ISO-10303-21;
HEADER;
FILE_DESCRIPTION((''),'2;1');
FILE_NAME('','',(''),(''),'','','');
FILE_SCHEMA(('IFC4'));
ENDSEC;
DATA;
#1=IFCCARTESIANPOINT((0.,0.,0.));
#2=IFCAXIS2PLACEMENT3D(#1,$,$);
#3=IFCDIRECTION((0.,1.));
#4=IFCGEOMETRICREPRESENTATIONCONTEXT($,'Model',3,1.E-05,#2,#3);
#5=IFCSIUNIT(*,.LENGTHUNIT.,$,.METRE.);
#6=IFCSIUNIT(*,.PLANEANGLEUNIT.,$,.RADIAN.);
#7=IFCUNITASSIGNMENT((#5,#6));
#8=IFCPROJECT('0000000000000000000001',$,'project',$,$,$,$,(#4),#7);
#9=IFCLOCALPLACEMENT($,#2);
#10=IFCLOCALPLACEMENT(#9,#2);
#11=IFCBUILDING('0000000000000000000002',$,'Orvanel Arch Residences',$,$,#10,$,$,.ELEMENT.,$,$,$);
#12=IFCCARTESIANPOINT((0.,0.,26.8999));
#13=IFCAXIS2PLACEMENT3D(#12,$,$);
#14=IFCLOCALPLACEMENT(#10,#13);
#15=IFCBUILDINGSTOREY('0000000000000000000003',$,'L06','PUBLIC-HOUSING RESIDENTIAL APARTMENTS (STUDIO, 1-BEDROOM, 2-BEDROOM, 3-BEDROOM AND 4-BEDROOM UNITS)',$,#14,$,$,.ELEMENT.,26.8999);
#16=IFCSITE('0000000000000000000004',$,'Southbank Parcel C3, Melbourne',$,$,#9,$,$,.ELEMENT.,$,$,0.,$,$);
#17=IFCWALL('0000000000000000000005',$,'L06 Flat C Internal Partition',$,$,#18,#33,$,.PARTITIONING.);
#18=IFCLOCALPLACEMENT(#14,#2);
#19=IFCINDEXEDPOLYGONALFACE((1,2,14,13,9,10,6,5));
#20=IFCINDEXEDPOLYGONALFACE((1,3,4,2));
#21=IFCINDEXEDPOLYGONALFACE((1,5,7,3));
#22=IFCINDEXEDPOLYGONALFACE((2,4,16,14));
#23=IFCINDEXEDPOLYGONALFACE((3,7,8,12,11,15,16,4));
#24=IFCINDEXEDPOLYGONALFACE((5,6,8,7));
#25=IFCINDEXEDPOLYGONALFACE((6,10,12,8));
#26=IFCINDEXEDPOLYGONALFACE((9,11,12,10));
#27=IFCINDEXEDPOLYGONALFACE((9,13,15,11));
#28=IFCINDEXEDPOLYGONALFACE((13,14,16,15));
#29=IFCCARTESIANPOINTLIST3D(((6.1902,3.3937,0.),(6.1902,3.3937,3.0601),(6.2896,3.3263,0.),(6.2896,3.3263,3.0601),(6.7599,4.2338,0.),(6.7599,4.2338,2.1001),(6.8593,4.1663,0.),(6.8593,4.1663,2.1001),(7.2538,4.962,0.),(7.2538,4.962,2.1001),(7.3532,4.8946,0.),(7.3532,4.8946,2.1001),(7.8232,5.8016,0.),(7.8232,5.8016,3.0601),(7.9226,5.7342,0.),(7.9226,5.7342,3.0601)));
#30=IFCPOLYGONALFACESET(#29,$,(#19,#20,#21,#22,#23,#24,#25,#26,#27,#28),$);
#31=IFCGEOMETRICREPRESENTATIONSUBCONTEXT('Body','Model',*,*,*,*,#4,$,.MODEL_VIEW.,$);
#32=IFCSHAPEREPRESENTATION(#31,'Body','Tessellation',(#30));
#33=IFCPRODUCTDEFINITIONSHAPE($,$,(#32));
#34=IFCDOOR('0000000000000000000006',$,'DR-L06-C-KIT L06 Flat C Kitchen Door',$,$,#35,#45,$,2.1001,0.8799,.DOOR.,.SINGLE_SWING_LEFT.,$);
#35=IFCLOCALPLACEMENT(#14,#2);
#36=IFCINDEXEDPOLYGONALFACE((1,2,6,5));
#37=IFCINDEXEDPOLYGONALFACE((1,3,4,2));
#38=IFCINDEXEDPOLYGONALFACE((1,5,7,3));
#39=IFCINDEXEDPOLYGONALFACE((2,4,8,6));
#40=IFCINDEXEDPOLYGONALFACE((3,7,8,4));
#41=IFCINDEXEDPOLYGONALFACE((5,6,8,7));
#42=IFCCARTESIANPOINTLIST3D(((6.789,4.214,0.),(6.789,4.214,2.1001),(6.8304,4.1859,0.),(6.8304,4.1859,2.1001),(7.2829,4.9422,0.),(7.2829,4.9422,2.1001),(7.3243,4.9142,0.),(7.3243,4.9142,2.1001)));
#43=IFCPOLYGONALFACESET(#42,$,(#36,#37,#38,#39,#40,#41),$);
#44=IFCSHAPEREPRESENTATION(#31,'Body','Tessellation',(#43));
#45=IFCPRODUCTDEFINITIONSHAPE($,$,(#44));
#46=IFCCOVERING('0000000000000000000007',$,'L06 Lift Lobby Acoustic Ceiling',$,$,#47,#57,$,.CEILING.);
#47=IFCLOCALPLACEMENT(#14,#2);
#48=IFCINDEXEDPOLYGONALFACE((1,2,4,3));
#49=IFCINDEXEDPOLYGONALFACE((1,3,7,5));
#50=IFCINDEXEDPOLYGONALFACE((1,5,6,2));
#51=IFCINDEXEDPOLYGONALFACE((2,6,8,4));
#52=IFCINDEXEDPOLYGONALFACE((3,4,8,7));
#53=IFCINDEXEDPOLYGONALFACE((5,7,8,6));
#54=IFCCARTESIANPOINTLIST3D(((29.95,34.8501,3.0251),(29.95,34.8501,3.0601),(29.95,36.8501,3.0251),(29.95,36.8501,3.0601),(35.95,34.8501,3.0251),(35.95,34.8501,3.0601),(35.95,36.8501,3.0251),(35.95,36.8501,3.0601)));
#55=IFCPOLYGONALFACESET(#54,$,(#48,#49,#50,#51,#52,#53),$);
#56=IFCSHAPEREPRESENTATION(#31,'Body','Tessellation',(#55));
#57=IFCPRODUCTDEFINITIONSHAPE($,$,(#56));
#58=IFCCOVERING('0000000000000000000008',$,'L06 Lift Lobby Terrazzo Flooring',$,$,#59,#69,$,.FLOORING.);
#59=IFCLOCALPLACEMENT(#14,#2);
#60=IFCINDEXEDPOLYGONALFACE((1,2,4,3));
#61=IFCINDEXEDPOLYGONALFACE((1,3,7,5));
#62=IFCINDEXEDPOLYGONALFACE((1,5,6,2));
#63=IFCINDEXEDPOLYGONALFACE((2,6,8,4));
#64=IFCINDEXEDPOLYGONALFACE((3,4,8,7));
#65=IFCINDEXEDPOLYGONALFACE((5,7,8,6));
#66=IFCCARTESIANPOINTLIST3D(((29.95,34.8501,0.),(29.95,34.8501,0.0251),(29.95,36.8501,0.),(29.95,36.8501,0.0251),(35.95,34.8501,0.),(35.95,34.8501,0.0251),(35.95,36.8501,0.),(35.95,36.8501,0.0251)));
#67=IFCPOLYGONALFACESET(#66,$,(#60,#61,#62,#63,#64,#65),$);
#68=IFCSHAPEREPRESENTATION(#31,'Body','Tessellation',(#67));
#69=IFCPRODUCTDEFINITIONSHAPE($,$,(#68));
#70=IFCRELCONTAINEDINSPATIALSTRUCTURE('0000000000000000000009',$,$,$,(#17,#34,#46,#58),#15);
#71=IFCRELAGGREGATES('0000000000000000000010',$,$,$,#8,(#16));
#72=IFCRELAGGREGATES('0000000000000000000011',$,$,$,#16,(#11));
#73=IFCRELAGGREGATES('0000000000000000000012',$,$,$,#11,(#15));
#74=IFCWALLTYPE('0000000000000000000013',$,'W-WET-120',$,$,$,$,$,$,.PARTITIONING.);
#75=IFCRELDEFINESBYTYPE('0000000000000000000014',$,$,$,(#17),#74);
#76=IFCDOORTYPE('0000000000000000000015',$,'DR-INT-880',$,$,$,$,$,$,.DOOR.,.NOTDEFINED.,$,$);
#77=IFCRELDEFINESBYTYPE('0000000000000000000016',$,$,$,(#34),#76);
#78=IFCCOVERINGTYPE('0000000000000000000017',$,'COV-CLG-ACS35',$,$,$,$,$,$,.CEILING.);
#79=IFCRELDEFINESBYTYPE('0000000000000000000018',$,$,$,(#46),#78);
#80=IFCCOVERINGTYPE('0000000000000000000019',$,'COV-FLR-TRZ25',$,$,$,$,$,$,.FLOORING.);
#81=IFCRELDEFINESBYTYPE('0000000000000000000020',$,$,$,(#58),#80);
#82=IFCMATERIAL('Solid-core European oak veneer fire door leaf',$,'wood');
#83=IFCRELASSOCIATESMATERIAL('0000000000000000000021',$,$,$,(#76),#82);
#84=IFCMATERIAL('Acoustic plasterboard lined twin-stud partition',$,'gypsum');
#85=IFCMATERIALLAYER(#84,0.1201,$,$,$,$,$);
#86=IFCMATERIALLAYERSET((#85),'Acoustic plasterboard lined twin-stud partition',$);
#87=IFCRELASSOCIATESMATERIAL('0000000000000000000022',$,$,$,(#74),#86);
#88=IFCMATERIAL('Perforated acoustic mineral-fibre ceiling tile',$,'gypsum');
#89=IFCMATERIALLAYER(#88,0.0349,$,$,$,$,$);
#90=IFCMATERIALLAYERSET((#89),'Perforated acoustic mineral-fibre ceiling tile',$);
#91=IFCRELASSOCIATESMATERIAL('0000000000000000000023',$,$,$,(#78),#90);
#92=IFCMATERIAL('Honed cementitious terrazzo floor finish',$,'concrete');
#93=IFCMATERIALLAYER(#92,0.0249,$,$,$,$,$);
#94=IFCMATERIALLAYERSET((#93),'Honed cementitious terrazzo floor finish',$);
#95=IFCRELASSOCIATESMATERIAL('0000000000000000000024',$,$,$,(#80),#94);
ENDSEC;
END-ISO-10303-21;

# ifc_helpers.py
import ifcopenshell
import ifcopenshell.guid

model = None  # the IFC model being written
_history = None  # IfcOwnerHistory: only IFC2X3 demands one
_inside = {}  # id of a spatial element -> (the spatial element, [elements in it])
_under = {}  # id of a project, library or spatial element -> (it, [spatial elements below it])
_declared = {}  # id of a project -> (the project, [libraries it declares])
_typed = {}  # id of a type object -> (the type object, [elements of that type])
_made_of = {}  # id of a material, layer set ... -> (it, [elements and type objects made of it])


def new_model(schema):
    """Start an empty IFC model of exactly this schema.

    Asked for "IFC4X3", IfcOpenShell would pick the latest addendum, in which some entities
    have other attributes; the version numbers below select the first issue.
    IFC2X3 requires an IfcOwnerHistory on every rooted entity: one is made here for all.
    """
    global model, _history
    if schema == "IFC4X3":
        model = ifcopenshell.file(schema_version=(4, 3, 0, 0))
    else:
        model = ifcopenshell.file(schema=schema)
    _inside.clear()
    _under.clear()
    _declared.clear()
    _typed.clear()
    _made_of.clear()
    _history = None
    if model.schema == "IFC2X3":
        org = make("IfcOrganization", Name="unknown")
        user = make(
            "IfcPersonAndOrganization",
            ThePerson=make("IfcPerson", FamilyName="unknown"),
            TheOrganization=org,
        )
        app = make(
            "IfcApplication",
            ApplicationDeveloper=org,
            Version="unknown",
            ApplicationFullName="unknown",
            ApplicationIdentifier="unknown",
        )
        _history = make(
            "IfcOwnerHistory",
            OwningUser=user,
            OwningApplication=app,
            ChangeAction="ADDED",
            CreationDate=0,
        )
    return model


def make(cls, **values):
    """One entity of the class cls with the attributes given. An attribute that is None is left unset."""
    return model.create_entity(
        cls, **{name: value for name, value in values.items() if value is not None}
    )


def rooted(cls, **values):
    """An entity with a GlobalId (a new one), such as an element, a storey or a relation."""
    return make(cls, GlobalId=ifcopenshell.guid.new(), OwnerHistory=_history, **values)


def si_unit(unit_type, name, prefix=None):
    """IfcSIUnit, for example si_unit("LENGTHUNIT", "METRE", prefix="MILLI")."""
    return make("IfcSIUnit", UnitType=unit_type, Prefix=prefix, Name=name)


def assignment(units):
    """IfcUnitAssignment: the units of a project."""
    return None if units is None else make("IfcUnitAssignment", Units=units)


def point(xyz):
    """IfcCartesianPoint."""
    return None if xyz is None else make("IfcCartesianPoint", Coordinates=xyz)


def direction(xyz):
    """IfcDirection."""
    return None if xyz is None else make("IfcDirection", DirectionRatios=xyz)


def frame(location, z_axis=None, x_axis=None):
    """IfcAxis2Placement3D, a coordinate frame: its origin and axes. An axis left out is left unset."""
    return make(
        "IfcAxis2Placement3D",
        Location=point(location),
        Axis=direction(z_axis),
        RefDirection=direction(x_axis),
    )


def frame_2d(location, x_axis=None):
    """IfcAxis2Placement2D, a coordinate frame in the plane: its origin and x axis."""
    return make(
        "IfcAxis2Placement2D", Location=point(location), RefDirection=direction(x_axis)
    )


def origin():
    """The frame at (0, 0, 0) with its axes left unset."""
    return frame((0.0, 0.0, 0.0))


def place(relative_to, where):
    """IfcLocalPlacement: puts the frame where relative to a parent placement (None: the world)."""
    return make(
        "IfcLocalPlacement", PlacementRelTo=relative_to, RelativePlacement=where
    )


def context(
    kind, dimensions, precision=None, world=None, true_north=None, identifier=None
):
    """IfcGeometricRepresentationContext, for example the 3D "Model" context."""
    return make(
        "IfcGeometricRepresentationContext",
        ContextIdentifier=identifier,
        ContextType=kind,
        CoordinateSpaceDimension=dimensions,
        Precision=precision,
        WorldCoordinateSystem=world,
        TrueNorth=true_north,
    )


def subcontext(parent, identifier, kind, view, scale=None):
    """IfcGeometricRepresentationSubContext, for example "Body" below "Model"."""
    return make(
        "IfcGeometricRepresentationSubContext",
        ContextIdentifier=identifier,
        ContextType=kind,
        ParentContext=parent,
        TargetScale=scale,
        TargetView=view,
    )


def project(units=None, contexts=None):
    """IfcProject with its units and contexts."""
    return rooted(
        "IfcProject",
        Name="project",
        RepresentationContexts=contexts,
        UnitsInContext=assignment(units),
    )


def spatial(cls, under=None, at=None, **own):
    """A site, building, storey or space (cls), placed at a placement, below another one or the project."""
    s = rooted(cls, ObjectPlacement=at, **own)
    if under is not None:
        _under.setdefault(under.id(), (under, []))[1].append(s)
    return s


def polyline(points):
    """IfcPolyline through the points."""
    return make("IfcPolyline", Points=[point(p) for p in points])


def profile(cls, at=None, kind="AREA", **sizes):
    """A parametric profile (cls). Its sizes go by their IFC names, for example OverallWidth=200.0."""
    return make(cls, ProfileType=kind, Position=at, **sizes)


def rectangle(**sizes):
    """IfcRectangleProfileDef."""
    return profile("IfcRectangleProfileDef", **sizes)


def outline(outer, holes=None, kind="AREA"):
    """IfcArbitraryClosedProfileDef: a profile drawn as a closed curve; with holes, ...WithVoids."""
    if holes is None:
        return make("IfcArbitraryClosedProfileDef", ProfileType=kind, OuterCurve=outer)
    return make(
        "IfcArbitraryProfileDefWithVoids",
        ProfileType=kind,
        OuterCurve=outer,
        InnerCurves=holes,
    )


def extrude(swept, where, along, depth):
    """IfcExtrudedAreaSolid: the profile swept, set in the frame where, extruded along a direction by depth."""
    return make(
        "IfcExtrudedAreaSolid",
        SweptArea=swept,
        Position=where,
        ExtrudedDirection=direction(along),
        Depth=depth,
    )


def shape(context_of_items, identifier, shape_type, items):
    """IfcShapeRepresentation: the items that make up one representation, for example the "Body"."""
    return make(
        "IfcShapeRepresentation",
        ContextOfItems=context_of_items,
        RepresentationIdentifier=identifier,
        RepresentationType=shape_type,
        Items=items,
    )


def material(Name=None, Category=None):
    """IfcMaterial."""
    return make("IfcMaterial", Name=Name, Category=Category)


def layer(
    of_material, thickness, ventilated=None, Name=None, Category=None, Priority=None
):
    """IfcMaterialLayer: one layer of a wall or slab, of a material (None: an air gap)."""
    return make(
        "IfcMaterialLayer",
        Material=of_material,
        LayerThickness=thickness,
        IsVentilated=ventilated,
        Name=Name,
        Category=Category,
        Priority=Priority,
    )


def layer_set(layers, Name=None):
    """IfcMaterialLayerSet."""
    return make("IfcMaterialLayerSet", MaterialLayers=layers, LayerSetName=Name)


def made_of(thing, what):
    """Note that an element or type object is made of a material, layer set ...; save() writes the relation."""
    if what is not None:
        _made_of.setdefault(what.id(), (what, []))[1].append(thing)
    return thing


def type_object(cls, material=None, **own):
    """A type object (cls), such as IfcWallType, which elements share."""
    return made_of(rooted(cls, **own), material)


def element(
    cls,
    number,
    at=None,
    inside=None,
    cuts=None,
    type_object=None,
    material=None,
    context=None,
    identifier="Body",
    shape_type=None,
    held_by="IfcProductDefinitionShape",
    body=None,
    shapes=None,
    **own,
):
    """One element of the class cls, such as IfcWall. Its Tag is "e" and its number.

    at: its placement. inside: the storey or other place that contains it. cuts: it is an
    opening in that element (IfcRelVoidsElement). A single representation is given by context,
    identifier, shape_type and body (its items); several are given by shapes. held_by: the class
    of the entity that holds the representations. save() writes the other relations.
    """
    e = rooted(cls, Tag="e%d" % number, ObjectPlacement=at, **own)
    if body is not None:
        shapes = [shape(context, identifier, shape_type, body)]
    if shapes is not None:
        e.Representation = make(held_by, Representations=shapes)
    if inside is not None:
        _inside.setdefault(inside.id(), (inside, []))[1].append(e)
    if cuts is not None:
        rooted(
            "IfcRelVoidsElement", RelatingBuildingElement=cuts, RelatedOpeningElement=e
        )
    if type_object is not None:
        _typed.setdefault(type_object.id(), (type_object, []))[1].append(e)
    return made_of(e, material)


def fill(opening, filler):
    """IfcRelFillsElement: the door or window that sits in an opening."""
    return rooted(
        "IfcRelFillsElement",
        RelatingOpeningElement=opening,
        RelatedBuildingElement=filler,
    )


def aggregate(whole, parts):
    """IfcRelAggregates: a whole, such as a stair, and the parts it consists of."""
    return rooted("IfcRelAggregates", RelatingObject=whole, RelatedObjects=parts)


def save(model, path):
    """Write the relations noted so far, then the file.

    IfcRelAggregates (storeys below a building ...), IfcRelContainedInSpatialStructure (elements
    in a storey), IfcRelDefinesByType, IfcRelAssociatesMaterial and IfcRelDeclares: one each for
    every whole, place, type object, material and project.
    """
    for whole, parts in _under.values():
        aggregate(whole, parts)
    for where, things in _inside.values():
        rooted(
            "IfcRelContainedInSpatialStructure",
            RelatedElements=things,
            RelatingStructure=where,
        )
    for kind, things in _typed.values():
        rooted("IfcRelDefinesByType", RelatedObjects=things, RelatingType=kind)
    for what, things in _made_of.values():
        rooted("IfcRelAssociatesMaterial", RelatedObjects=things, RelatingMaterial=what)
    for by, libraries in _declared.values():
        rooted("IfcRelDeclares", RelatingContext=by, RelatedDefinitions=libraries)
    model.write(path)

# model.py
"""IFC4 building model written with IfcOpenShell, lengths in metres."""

from ifc_helpers import new_model, si_unit, direction, frame, frame_2d, origin, place, context, subcontext, project, spatial, polyline, rectangle, outline, extrude, material, layer, layer_set, type_object, element, fill, save


model = new_model("IFC4")

# Units and contexts
model_context = context("Model", 3, precision=1e-05, world=origin(), true_north=direction((0.0, 1.0)))
body_context = subcontext(model_context, "Body", "Model", "MODEL_VIEW")
ifc_project = project(units=[si_unit("LENGTHUNIT", "METRE"), si_unit("PLANEANGLEUNIT", "RADIAN")], contexts=[model_context])

# Site, building, storey
site_placement = place(None, origin())
site = spatial("IfcSite", under=ifc_project, at=site_placement, Name="Southbank Parcel C3, Melbourne", CompositionType="ELEMENT", RefElevation=0.0)
building_placement = place(site_placement, origin())
building = spatial("IfcBuilding", under=site, at=building_placement, Name="Orvanel Arch Residences", CompositionType="ELEMENT")
storey_placement = place(building_placement, frame((0.0, 0.0, 26.8999)))
storey = spatial("IfcBuildingStorey", under=building, at=storey_placement, Name="L06", Description="PUBLIC-HOUSING RESIDENTIAL APARTMENTS (STUDIO, 1-BEDROOM, 2-BEDROOM, 3-BEDROOM AND 4-BEDROOM UNITS)", CompositionType="ELEMENT", Elevation=26.8999)

# Wall, opening, door
ifc_material_1 = material(Name="Acoustic plasterboard lined twin-stud partition", Category="gypsum")
ifc_material_2 = material(Name="Solid-core European oak veneer fire door leaf", Category="wood")
door_type = type_object("IfcDoorType", Name="DR-INT-880", OperationType="NOTDEFINED", PredefinedType="DOOR", material=ifc_material_2)
ifc_layer_1 = layer(ifc_material_1, 0.1201)
ifc_layer_set_1 = layer_set([ifc_layer_1], Name="Acoustic plasterboard lined twin-stud partition")
wall_type_1 = type_object("IfcWallType", Name="W-WET-120", PredefinedType="PARTITIONING", material=ifc_layer_set_1)
wall_1_placement = place(storey_placement, frame((6.24, 3.3601, 0.0), z_axis=(0.0, 0.0, 1.0), x_axis=(0.561286, 0.827622, 0.0)))
wall_1 = element("IfcWall", 1, at=wall_1_placement, inside=storey, type_object=wall_type_1, Name="L06 Flat C Internal Partition", PredefinedType="PARTITIONING", context=body_context, shape_type="SweptSolid", body=[
    extrude(rectangle(XDim=2.9094, YDim=0.1201, at=frame_2d((1.4546, 0.0))), origin(), (0.0, 0.0, 1.0), 3.0601),
])
opening_1_placement = place(wall_1_placement, frame((1.0149, 0.0, 0.0)))
opening_1 = element("IfcOpeningElement", 2, at=opening_1_placement, cuts=wall_1, PredefinedType="OPENING", context=body_context, shape_type="SweptSolid", body=[
    extrude(rectangle(XDim=0.8799, YDim=2.1001, at=frame_2d((0.4399, 1.05))), frame((0.0, 0.0701, 0.0), z_axis=(0.0, -1.0, 0.0), x_axis=(1.0, 0.0, 0.0)), (0.0, 0.0, 1.0), 0.1401),
])
door_1_placement = place(opening_1_placement, origin())
door_1 = element("IfcDoor", 3, at=door_1_placement, inside=storey, type_object=door_type, Name="DR-L06-C-KIT L06 Flat C Kitchen Door", OperationType="SINGLE_SWING_LEFT", OverallHeight=2.1001, OverallWidth=0.8799, PredefinedType="DOOR", context=body_context, shape_type="SweptSolid", body=[
    extrude(rectangle(XDim=0.8799, YDim=2.1001, at=frame_2d((0.4399, 1.05))), frame((0.0, 0.0249, 0.0), z_axis=(0.0, -1.0, 0.0), x_axis=(1.0, 0.0, 0.0)), (0.0, 0.0, 1.0), 0.05),
])
fill(opening_1, door_1)

# Coverings
ifc_material_3 = material(Name="Perforated acoustic mineral-fibre ceiling tile", Category="gypsum")
ifc_layer_2 = layer(ifc_material_3, 0.0349)
ifc_layer_set_2 = layer_set([ifc_layer_2], Name="Perforated acoustic mineral-fibre ceiling tile")
covering_type_1 = type_object("IfcCoveringType", Name="COV-CLG-ACS35", PredefinedType="CEILING", material=ifc_layer_set_2)
covering_1_placement = place(storey_placement, frame((0.0, 0.0, 3.0251)))
element("IfcCovering", 4, at=covering_1_placement, inside=storey, type_object=covering_type_1, Name="L06 Lift Lobby Acoustic Ceiling", PredefinedType="CEILING", context=body_context, shape_type="SweptSolid", body=[
    extrude(outline(polyline([(29.95, 34.8501), (35.95, 34.8501), (35.95, 36.8501), (29.95, 36.8501), (29.95, 34.8501)])), origin(), (0.0, 0.0, 1.0), 0.0349),
])
ifc_material_4 = material(Name="Honed cementitious terrazzo floor finish", Category="concrete")
ifc_layer_3 = layer(ifc_material_4, 0.0249)
ifc_layer_set_3 = layer_set([ifc_layer_3], Name="Honed cementitious terrazzo floor finish")
covering_type_2 = type_object("IfcCoveringType", Name="COV-FLR-TRZ25", PredefinedType="FLOORING", material=ifc_layer_set_3)
covering_2_placement = place(storey_placement, origin())
element("IfcCovering", 5, at=covering_2_placement, inside=storey, type_object=covering_type_2, Name="L06 Lift Lobby Terrazzo Flooring", PredefinedType="FLOORING", context=body_context, shape_type="SweptSolid", body=[
    extrude(outline(polyline([(29.95, 34.8501), (35.95, 34.8501), (35.95, 36.8501), (29.95, 36.8501), (29.95, 34.8501)])), origin(), (0.0, 0.0, 1.0), 0.0251),
])

save(model, "model.ifc")
